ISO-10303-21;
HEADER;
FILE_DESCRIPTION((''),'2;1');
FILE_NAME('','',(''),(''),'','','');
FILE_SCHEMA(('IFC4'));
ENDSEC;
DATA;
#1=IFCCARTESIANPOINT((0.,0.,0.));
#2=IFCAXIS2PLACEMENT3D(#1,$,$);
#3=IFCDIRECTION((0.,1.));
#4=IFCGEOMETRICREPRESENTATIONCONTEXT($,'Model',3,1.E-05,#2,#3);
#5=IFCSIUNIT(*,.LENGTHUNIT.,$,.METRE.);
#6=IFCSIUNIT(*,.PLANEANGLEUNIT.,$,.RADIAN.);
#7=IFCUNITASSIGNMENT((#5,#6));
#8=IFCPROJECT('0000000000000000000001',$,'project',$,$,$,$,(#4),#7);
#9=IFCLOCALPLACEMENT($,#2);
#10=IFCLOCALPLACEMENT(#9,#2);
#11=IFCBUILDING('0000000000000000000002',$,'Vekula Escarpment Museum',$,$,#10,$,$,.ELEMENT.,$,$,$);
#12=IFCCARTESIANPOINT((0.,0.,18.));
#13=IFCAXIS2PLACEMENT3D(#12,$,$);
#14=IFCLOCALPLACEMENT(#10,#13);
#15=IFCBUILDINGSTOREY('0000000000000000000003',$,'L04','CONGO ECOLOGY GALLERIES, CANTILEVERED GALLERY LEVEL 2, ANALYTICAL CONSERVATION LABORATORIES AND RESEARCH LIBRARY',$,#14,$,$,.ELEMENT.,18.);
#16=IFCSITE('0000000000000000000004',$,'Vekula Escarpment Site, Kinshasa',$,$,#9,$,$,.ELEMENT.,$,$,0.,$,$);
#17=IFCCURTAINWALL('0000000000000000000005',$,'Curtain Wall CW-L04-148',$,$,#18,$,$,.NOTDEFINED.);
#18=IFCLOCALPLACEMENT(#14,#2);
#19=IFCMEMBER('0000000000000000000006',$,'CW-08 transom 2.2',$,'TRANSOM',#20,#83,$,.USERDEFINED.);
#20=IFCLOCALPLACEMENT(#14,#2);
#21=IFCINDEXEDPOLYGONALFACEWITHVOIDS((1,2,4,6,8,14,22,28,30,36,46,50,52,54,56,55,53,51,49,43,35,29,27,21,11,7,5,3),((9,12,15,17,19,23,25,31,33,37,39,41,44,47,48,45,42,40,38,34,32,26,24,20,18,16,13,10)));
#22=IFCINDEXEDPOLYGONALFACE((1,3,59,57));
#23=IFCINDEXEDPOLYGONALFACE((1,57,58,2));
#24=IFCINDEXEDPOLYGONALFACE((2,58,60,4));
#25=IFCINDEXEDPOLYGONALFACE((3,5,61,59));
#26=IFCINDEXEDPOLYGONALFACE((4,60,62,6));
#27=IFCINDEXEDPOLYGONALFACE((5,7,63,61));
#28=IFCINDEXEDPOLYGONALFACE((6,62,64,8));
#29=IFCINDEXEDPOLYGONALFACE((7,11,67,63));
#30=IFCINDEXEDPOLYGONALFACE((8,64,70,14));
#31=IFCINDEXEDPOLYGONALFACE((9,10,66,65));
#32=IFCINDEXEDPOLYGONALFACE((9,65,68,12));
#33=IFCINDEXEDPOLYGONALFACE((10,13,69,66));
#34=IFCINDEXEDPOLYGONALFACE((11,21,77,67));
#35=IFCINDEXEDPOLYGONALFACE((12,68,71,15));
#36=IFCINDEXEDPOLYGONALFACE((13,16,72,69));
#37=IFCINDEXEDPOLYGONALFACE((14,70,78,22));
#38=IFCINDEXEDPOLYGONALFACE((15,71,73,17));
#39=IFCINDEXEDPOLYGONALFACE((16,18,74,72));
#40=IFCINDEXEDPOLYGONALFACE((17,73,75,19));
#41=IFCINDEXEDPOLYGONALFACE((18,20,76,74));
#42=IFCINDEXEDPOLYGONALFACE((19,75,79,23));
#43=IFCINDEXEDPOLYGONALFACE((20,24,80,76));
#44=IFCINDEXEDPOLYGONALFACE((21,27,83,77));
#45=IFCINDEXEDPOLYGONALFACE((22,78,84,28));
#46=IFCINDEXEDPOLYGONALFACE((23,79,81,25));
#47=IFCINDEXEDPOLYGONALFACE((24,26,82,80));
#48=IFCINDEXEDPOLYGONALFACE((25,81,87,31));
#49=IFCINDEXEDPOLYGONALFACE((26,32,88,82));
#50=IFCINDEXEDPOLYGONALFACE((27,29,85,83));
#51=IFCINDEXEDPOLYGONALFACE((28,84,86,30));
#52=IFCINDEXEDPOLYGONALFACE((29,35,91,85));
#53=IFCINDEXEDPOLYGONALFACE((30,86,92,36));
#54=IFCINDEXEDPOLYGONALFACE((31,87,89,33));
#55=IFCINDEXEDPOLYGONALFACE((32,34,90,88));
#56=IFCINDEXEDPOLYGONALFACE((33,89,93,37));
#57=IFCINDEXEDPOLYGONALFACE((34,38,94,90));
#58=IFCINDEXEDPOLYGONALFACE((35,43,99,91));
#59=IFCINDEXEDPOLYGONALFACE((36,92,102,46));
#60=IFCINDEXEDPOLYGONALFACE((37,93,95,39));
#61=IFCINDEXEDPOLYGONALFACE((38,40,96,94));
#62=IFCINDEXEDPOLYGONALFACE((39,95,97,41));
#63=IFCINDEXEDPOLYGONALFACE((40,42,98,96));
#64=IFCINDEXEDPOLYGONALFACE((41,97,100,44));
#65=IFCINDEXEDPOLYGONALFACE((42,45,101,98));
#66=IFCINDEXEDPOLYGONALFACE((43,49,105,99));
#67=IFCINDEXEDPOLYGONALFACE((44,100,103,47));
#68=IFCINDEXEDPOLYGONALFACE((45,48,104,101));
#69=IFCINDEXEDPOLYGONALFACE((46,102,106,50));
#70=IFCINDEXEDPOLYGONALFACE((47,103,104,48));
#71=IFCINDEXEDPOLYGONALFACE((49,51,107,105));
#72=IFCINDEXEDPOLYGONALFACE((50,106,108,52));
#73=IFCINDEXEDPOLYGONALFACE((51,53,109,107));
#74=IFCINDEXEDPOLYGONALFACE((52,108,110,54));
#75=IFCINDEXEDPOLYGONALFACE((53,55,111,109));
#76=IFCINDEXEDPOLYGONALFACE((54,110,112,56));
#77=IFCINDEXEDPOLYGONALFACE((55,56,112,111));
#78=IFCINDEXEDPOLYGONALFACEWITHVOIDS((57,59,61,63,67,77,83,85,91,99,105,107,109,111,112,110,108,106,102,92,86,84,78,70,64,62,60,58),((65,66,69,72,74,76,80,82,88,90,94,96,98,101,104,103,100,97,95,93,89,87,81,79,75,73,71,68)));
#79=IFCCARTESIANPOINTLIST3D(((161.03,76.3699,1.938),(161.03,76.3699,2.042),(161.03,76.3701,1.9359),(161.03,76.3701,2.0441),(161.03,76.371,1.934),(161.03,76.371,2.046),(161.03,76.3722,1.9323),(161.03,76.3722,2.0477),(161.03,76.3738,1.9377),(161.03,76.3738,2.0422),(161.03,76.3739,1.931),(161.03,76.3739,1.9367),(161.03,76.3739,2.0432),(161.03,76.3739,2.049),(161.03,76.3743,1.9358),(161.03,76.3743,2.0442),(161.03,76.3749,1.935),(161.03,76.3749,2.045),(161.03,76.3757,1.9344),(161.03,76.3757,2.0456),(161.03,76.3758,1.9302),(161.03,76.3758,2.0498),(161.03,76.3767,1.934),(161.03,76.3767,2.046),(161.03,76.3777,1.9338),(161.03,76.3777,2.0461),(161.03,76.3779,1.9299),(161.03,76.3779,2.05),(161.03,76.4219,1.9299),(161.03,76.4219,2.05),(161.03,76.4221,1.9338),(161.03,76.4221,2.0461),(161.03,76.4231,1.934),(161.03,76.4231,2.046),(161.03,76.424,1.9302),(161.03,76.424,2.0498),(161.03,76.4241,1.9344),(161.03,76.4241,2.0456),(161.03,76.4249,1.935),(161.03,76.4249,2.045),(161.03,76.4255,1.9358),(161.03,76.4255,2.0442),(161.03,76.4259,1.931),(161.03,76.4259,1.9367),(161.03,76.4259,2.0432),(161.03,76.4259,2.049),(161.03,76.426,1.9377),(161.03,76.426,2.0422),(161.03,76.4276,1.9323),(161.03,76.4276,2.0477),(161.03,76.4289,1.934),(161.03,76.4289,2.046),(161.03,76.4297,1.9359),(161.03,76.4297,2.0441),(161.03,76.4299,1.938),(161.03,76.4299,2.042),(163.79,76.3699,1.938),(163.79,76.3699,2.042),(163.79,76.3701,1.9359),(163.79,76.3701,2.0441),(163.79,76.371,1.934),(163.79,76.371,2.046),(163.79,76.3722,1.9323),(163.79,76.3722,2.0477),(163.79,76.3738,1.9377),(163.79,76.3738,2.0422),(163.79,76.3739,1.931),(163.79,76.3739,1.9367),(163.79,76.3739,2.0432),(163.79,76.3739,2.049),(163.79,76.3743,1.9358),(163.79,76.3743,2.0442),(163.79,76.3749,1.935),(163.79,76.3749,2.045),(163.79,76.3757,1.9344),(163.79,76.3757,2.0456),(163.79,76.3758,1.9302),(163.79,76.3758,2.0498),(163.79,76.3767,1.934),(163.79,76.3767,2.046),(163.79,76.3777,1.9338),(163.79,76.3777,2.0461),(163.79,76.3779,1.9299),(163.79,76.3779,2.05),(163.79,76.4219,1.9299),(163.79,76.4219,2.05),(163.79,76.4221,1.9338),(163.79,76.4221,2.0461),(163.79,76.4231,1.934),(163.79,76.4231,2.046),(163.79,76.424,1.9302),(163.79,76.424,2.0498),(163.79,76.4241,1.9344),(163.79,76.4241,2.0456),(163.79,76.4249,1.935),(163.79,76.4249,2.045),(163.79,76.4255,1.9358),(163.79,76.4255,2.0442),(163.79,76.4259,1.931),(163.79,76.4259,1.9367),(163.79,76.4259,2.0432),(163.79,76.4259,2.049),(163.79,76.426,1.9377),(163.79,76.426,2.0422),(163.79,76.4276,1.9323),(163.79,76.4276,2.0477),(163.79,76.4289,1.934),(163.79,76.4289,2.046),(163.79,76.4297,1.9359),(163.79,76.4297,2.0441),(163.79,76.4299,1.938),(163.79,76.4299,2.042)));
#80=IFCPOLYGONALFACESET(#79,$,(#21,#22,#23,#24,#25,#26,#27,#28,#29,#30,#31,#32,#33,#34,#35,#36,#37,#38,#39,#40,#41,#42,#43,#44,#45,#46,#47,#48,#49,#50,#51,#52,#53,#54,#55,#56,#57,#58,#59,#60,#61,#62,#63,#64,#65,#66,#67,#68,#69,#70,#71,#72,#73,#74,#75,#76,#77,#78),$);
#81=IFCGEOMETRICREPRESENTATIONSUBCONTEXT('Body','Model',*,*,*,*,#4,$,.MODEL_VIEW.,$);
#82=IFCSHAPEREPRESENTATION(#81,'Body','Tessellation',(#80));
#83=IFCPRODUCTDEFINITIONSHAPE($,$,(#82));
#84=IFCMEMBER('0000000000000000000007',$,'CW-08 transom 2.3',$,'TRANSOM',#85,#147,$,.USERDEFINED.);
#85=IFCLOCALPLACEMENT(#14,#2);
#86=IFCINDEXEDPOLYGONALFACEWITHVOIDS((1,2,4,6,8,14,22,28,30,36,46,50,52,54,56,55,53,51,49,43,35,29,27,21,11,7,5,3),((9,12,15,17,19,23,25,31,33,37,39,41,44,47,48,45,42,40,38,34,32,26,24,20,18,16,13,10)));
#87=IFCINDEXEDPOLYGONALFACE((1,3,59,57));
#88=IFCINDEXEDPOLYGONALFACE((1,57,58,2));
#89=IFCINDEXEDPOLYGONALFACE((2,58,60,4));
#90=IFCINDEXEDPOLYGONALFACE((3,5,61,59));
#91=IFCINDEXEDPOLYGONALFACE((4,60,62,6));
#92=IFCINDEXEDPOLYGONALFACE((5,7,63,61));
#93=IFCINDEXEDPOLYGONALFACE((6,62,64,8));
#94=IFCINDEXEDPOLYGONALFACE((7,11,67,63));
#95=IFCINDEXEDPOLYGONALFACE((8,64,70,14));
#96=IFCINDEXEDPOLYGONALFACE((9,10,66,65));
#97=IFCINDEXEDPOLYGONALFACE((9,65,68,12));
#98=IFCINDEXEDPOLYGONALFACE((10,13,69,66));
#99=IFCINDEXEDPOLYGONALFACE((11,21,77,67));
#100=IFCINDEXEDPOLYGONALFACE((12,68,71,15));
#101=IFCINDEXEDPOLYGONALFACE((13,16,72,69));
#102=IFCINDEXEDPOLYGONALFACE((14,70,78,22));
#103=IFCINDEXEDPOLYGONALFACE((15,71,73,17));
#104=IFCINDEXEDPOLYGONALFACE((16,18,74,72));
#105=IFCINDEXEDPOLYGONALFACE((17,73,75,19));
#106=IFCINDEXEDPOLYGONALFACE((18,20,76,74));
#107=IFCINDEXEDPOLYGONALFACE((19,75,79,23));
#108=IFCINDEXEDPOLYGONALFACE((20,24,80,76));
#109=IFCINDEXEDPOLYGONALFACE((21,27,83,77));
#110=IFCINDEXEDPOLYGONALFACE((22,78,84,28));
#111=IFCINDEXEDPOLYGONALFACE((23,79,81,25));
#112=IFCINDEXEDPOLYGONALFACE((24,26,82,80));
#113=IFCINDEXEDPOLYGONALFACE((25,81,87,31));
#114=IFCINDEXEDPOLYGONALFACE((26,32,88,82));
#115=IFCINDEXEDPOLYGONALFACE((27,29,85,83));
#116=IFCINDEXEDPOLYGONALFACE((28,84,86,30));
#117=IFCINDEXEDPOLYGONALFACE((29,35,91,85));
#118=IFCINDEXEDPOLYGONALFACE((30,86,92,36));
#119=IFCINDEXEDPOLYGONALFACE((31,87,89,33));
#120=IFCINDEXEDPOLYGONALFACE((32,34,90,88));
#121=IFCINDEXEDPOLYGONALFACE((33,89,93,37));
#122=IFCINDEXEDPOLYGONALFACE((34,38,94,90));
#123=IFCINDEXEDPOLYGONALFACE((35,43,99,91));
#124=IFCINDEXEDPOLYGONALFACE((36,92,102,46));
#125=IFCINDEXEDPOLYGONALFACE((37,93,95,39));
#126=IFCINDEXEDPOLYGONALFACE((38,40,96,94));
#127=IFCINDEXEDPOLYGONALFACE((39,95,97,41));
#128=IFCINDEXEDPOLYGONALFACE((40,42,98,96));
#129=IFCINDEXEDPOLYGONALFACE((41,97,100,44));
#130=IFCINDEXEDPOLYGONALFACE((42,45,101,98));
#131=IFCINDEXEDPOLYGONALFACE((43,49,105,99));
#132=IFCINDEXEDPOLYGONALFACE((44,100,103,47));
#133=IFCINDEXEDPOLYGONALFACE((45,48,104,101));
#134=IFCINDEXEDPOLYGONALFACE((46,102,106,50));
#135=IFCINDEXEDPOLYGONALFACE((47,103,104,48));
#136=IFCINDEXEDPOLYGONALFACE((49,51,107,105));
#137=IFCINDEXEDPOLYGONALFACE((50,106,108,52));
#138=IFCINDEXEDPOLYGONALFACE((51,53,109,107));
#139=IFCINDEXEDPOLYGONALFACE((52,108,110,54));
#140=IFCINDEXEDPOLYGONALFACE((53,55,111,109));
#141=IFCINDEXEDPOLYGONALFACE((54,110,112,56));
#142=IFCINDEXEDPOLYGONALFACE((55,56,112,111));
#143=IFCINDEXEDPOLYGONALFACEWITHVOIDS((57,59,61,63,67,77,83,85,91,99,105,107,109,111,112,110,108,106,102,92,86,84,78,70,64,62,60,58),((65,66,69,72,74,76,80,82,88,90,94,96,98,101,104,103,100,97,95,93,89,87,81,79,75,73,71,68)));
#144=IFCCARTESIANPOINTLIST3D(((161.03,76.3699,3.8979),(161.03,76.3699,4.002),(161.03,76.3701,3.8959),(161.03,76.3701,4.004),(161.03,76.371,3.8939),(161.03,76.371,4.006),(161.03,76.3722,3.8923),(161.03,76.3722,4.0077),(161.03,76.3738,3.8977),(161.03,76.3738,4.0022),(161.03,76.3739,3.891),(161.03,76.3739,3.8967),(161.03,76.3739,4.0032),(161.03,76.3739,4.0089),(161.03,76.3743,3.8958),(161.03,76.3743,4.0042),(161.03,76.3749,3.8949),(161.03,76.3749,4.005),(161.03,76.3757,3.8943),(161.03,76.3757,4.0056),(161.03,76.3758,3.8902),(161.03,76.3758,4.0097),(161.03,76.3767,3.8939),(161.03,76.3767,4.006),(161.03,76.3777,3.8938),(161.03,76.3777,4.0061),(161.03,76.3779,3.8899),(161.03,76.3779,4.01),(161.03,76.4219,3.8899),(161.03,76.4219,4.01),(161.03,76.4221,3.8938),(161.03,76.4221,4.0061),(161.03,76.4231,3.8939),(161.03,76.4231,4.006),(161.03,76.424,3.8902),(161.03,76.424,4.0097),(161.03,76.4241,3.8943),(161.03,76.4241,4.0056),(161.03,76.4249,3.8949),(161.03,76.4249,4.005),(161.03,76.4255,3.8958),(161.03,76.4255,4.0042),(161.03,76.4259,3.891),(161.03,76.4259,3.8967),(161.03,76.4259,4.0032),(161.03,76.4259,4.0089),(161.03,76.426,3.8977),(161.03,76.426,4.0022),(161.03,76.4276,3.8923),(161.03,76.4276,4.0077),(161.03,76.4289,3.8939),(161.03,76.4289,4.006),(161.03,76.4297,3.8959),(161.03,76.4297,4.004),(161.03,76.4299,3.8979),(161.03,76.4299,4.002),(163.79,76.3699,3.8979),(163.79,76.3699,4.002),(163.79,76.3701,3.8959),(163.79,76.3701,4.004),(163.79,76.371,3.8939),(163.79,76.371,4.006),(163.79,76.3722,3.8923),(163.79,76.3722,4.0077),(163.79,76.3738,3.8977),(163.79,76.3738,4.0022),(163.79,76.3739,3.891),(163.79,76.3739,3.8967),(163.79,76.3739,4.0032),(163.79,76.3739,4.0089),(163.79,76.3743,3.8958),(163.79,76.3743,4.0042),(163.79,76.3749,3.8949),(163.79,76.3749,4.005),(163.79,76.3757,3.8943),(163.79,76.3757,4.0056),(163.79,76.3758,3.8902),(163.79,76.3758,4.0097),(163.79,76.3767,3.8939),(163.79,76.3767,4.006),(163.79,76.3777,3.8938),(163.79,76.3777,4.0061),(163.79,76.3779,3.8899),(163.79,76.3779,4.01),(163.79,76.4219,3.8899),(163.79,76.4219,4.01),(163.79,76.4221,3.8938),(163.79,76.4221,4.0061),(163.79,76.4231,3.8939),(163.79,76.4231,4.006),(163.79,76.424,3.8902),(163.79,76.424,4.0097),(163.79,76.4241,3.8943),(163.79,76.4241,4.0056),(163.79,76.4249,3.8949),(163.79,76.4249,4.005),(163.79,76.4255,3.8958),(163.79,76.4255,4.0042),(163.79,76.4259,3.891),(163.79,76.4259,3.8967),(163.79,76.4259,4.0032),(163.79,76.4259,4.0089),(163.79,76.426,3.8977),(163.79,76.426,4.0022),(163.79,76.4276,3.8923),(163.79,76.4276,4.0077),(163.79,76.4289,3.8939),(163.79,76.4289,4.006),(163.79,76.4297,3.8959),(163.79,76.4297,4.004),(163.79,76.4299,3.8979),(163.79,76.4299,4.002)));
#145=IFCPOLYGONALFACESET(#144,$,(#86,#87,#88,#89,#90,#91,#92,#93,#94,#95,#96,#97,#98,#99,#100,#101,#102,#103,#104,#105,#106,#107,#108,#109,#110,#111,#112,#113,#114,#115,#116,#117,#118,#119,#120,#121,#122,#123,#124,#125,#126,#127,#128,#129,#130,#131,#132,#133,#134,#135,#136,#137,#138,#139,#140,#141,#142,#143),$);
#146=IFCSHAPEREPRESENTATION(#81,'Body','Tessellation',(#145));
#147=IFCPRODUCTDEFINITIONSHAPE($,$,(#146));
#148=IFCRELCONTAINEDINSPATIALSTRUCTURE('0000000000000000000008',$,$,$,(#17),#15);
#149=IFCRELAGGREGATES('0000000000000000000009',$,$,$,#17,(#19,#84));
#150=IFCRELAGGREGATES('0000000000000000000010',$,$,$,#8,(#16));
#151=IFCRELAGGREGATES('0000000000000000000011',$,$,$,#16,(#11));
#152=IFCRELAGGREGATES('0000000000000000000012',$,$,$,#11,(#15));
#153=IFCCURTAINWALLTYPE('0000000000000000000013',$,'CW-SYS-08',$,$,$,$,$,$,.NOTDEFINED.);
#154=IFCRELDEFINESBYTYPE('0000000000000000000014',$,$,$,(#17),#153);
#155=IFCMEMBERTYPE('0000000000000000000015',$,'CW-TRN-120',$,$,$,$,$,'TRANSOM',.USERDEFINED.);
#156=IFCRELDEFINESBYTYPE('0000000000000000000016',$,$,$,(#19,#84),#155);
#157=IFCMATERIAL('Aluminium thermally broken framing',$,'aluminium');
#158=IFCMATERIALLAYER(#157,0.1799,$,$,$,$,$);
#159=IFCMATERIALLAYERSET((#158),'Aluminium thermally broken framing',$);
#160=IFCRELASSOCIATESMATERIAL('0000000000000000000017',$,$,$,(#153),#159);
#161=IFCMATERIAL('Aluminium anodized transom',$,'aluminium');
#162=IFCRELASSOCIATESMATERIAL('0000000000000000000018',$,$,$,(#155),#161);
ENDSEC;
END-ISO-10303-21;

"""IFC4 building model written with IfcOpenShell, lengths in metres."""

from ifc_helpers import new_model, si_unit, direction, frame, origin, origin_2d, place, context, subcontext, project, spatial, hollow_rectangle, extrude, material, layer, layer_set, material_profile, profile_set, type_object, element, aggregate, save


model = new_model("IFC4")

# Units and contexts
model_context = context("Model", 3, precision=1e-05, world=origin(), true_north=direction((0.0, 1.0)))
body_context = subcontext(model_context, "Body", "Model", "MODEL_VIEW")
ifc_project = project(units=[si_unit("LENGTHUNIT", "METRE"), si_unit("PLANEANGLEUNIT", "RADIAN")], contexts=[model_context])

# Site, building, storey
site_placement = place(None, origin())
site = spatial("IfcSite", under=ifc_project, at=site_placement, Name="Vekula Escarpment Site, Kinshasa", CompositionType="ELEMENT", RefElevation=0.0)
building_placement = place(site_placement, origin())
building = spatial("IfcBuilding", under=site, at=building_placement, Name="Vekula Escarpment Museum", CompositionType="ELEMENT")
storey_placement = place(building_placement, frame((0.0, 0.0, 18.0)))
storey = spatial("IfcBuildingStorey", under=building, at=storey_placement, Name="L04", Description="CONGO ECOLOGY GALLERIES, CANTILEVERED GALLERY LEVEL 2, ANALYTICAL CONSERVATION LABORATORIES AND RESEARCH LIBRARY", CompositionType="ELEMENT", Elevation=18.0)

# Curtain wall, members
ifc_material_1 = material(Name="Aluminium thermally broken framing", Category="aluminium")
ifc_layer_1 = layer(ifc_material_1, 0.1799)
ifc_layer_set_1 = layer_set([ifc_layer_1], Name="Aluminium thermally broken framing")
curtain_wall_type = type_object("IfcCurtainWallType", Name="CW-SYS-08", PredefinedType="NOTDEFINED", material=ifc_layer_set_1)
curtain_wall_placement = place(storey_placement, origin())
curtain_wall = element("IfcCurtainWall", 1, at=curtain_wall_placement, inside=storey, type_object=curtain_wall_type, Name="Curtain Wall CW-L04-148", PredefinedType="NOTDEFINED")
ifc_material_2 = material(Name="Aluminium anodized transom", Category="aluminium")
ifc_material_profile_1 = material_profile(ifc_material_2, hollow_rectangle(XDim=0.0601, YDim=0.1201, WallThickness=0.0039, InnerFilletRadius=0.0039, OuterFilletRadius=0.0081, at=origin_2d()), Name="ALU 120x60x4")
ifc_profile_set_1 = profile_set([ifc_material_profile_1], Name="Aluminium anodized transom")
member_type_1 = type_object("IfcMemberType", Name="CW-TRN-120", ElementType="TRANSOM", PredefinedType="USERDEFINED", material=ifc_profile_set_1)
member_1_placement = place(storey_placement, frame((163.79, 76.3999, 1.99), z_axis=(-1.0, 0.0, 0.0), x_axis=(0.0, -1.0, 0.0)))
member_1 = element("IfcMember", 2, at=member_1_placement, type_object=member_type_1, Name="CW-08 transom 2.2", ObjectType="TRANSOM", PredefinedType="USERDEFINED", context=body_context, shape_type="SweptSolid", body=[
    extrude(hollow_rectangle(XDim=0.0601, YDim=0.1201, WallThickness=0.0039, InnerFilletRadius=0.0039, OuterFilletRadius=0.0081, at=origin_2d()), origin(), (0.0, 0.0, 1.0), 2.76),
])
member_2_placement = place(storey_placement, frame((163.79, 76.3999, 3.95), z_axis=(-1.0, 0.0, 0.0), x_axis=(0.0, -1.0, 0.0)))
member_2 = element("IfcMember", 3, at=member_2_placement, type_object=member_type_1, Name="CW-08 transom 2.3", ObjectType="TRANSOM", PredefinedType="USERDEFINED", context=body_context, shape_type="SweptSolid", body=[
    extrude(hollow_rectangle(XDim=0.0601, YDim=0.1201, WallThickness=0.0039, InnerFilletRadius=0.0039, OuterFilletRadius=0.0081, at=origin_2d()), origin(), (0.0, 0.0, 1.0), 2.76),
])
aggregate(curtain_wall, [member_1, member_2])

save(model, "model.ifc")
